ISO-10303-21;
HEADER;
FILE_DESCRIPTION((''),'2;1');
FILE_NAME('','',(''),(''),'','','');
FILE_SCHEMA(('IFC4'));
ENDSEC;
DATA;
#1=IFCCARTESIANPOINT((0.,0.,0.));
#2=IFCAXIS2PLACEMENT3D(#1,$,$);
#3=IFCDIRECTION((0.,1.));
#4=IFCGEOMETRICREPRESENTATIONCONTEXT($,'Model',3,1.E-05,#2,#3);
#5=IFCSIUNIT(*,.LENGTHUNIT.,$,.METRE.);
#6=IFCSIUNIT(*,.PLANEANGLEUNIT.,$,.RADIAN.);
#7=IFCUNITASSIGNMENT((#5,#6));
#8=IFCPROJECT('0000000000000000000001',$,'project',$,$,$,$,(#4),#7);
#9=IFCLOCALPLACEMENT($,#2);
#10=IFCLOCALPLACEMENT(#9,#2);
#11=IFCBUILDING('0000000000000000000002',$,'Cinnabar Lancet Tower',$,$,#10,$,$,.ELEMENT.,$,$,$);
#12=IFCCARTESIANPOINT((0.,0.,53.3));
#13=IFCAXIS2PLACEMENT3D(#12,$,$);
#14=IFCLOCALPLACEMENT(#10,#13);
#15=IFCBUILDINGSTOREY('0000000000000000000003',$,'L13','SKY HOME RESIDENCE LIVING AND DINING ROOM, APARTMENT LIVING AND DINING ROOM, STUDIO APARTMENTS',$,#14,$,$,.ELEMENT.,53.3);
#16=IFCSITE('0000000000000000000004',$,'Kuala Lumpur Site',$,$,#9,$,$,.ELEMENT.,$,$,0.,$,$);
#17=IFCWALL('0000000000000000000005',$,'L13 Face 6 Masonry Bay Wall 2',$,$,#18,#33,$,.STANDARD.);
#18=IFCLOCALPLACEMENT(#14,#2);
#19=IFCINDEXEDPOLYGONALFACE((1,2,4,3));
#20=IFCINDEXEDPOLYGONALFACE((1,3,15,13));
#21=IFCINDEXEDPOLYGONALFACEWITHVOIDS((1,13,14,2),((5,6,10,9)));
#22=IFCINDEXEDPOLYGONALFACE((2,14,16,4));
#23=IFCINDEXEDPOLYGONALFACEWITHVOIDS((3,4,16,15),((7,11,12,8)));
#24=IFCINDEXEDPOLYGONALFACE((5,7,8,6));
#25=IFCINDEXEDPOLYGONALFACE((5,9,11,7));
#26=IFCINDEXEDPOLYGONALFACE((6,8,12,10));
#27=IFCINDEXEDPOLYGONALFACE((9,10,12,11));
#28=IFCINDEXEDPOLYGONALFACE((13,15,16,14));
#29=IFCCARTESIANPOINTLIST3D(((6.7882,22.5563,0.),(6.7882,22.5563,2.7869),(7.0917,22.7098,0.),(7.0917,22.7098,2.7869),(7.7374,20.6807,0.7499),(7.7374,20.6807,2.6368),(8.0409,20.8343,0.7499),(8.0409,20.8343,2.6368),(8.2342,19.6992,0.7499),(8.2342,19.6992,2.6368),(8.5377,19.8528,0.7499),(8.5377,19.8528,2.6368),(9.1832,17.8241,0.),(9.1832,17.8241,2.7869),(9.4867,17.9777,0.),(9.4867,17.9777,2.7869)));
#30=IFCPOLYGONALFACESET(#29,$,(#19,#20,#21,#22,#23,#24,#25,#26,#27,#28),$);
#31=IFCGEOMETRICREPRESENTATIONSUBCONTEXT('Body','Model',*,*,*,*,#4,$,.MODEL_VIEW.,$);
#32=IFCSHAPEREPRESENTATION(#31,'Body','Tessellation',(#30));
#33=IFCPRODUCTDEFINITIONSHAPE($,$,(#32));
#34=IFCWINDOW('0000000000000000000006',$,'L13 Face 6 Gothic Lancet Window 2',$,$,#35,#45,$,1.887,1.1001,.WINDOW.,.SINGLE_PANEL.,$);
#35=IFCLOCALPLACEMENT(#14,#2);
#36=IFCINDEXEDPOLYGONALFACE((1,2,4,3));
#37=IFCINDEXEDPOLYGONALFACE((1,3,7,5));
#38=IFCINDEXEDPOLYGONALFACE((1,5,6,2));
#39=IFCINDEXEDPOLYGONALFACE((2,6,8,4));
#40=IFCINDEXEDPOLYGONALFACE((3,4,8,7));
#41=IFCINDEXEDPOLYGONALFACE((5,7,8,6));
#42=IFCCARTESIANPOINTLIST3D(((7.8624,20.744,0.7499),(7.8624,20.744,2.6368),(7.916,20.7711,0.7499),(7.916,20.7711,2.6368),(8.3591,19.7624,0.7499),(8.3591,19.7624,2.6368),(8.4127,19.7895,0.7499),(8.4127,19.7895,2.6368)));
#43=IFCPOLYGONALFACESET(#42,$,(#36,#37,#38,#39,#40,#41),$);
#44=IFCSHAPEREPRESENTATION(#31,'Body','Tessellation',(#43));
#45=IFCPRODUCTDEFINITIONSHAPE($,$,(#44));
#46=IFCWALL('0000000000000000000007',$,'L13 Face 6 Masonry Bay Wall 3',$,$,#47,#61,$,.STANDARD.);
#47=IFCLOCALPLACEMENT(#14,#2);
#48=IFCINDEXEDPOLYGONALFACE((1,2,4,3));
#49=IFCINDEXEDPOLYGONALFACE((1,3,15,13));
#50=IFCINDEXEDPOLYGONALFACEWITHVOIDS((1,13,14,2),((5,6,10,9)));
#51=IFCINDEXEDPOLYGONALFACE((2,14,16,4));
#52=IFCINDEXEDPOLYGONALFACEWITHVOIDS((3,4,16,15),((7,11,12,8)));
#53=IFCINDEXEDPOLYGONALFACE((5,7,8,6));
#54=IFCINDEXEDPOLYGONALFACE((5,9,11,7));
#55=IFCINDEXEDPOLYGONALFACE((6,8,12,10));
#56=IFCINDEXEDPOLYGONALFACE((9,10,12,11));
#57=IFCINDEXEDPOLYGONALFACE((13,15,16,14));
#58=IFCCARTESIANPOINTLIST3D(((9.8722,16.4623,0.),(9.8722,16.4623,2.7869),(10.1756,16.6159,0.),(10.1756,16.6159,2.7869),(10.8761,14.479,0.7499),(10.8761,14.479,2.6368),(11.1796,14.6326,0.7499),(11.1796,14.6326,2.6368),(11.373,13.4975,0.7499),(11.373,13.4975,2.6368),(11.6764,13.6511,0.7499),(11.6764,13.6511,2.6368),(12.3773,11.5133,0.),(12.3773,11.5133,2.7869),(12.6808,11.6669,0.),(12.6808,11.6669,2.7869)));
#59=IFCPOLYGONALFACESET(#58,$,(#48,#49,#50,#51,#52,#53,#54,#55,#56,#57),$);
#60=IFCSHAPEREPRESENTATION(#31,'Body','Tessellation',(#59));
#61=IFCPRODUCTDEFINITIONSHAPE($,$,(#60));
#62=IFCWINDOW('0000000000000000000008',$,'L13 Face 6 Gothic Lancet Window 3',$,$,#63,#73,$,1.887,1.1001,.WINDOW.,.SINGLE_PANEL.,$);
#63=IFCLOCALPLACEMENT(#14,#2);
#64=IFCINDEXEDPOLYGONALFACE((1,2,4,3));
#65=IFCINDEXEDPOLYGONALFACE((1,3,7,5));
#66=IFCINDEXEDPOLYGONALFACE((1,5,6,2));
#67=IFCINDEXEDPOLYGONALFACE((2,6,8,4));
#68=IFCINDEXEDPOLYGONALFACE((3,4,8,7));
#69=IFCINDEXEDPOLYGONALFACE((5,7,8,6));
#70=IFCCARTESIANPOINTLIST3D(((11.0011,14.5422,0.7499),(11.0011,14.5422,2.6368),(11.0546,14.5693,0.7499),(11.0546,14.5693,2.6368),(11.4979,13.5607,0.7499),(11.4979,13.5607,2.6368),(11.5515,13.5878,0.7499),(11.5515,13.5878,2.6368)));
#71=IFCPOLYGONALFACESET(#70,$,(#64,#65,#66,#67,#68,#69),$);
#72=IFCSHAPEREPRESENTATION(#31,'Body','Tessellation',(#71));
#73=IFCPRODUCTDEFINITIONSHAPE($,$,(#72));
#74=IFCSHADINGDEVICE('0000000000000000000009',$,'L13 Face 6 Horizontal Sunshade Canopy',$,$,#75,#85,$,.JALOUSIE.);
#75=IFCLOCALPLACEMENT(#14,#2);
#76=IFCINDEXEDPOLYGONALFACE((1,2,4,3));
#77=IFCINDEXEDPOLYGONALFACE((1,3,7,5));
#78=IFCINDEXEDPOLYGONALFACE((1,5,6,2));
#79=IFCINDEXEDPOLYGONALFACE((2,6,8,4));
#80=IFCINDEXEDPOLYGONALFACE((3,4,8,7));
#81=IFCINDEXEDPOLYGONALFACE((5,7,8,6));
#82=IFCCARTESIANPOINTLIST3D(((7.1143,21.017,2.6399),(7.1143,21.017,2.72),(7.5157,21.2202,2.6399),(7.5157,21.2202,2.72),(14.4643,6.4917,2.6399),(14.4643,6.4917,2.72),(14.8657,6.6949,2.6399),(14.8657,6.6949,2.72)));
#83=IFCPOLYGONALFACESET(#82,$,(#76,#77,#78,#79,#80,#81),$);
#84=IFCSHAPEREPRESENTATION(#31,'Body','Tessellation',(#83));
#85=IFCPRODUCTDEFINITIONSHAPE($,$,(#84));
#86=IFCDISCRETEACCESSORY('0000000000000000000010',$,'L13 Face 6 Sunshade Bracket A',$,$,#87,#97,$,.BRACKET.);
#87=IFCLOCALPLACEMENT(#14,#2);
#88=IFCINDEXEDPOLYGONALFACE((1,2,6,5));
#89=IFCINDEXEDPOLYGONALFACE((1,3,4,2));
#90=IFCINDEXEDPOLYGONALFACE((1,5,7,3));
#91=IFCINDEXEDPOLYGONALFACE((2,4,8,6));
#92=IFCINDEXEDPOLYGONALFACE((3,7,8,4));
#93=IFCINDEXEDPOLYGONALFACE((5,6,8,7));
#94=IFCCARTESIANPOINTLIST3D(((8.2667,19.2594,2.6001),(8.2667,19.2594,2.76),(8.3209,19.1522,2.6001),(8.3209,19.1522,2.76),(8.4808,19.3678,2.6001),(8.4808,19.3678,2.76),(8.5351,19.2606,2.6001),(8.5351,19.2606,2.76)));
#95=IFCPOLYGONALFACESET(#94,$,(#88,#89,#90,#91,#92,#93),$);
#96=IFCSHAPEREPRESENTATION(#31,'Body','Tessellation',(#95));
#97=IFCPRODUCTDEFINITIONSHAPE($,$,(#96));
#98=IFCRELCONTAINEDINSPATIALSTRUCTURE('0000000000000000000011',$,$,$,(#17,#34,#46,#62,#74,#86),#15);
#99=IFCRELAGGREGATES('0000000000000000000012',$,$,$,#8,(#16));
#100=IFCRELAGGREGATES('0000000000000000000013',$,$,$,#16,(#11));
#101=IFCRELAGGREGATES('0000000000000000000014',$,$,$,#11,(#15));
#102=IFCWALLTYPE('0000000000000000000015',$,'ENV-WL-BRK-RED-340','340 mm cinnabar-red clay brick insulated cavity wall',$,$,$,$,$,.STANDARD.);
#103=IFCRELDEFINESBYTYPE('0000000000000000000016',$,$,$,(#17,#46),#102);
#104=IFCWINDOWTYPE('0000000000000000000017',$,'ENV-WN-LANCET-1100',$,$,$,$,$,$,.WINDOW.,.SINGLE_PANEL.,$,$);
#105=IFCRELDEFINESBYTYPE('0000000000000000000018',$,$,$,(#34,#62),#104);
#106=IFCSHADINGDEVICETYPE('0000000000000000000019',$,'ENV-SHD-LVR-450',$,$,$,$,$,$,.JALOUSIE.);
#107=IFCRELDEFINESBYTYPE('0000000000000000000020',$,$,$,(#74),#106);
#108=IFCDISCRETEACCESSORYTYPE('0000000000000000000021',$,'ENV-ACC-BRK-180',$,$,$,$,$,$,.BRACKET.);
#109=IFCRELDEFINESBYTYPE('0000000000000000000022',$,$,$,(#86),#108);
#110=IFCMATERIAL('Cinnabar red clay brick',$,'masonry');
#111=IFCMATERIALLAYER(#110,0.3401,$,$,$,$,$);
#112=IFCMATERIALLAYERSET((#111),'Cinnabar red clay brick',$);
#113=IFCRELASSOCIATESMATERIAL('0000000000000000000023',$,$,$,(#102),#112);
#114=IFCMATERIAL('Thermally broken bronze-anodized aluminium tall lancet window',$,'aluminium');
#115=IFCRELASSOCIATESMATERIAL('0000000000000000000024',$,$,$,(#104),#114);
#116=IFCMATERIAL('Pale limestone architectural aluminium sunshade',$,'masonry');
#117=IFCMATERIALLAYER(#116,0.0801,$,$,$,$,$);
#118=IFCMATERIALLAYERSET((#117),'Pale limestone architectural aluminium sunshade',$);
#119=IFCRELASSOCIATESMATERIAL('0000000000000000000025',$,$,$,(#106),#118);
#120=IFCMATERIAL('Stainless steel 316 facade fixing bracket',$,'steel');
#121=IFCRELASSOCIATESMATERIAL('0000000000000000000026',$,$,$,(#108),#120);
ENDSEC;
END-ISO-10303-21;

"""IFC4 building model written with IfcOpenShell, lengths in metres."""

from ifc_helpers import new_model, si_unit, direction, frame, frame_2d, origin, origin_2d, place, context, subcontext, project, spatial, rectangle, extrude, material, layer, layer_set, type_object, element, fill, save


model = new_model("IFC4")

# Units and contexts
model_context = context("Model", 3, precision=1e-05, world=origin(), true_north=direction((0.0, 1.0)))
body_context = subcontext(model_context, "Body", "Model", "MODEL_VIEW")
ifc_project = project(units=[si_unit("LENGTHUNIT", "METRE"), si_unit("PLANEANGLEUNIT", "RADIAN")], contexts=[model_context])

# Site, building, storey
site_placement = place(None, origin())
site = spatial("IfcSite", under=ifc_project, at=site_placement, Name="Kuala Lumpur Site", CompositionType="ELEMENT", RefElevation=0.0)
building_placement = place(site_placement, origin())
building = spatial("IfcBuilding", under=site, at=building_placement, Name="Cinnabar Lancet Tower", CompositionType="ELEMENT")
storey_placement = place(building_placement, frame((0.0, 0.0, 53.3)))
storey = spatial("IfcBuildingStorey", under=building, at=storey_placement, Name="L13", Description="SKY HOME RESIDENCE LIVING AND DINING ROOM, APARTMENT LIVING AND DINING ROOM, STUDIO APARTMENTS", CompositionType="ELEMENT", Elevation=53.3)

# Shared definitions
ifc_material_1 = material(Name="Cinnabar red clay brick", Category="masonry")
ifc_layer_1 = layer(ifc_material_1, 0.3401)
ifc_layer_set_1 = layer_set([ifc_layer_1], Name="Cinnabar red clay brick")
wall_type_1 = type_object("IfcWallType", Name="ENV-WL-BRK-RED-340", Description="340 mm cinnabar-red clay brick insulated cavity wall", PredefinedType="STANDARD", material=ifc_layer_set_1)

# Walls, openings, windows
wall_1_placement = place(storey_placement, frame((6.9399, 22.6331, 0.0), z_axis=(0.0, 0.0, 1.0), x_axis=(0.451572, -0.892235, 0.0)))
wall_1 = element("IfcWall", 1, at=wall_1_placement, inside=storey, type_object=wall_type_1, Name="L13 Face 6 Masonry Bay Wall 2", PredefinedType="STANDARD", context=body_context, shape_type="SweptSolid", body=[
    extrude(rectangle(XDim=5.3037, YDim=0.3401, at=frame_2d((2.6519, 0.0))), origin(), (0.0, 0.0, 1.0), 2.7869),
])
opening_1_placement = place(wall_1_placement, frame((2.1021, 0.0, 0.75)))
opening_1 = element("IfcOpeningElement", 2, at=opening_1_placement, cuts=wall_1, PredefinedType="OPENING", context=body_context, shape_type="SweptSolid", body=[
    extrude(rectangle(XDim=1.1001, YDim=1.887, at=frame_2d((0.55, 0.9434))), frame((0.0, 0.1799, 0.0), z_axis=(0.0, -1.0, 0.0), x_axis=(1.0, 0.0, 0.0)), (0.0, 0.0, 1.0), 0.3601),
])
ifc_material_2 = material(Name="Thermally broken bronze-anodized aluminium tall lancet window", Category="aluminium")
window_type = type_object("IfcWindowType", Name="ENV-WN-LANCET-1100", PartitioningType="SINGLE_PANEL", PredefinedType="WINDOW", material=ifc_material_2)
window_1_placement = place(opening_1_placement, origin())
window_1 = element("IfcWindow", 3, at=window_1_placement, inside=storey, type_object=window_type, Name="L13 Face 6 Gothic Lancet Window 2", OverallHeight=1.887, OverallWidth=1.1001, PartitioningType="SINGLE_PANEL", PredefinedType="WINDOW", context=body_context, shape_type="SweptSolid", body=[
    extrude(rectangle(XDim=1.1001, YDim=1.887, at=frame_2d((0.55, 0.9434))), frame((0.0, 0.03, 0.0), z_axis=(0.0, -1.0, 0.0), x_axis=(1.0, 0.0, 0.0)), (0.0, 0.0, 1.0), 0.0601),
])
fill(opening_1, window_1)
wall_2_placement = place(storey_placement, frame((10.0239, 16.5391, 0.0), z_axis=(0.0, 0.0, 1.0), x_axis=(0.451627, -0.892207, 0.0)))
wall_2 = element("IfcWall", 4, at=wall_2_placement, inside=storey, type_object=wall_type_1, Name="L13 Face 6 Masonry Bay Wall 3", PredefinedType="STANDARD", context=body_context, shape_type="SweptSolid", body=[
    extrude(rectangle(XDim=5.5469, YDim=0.3401, at=frame_2d((2.7734, 0.0))), origin(), (0.0, 0.0, 1.0), 2.7869),
])
opening_2_placement = place(wall_2_placement, frame((2.2229, 0.0, 0.75)))
opening_2 = element("IfcOpeningElement", 5, at=opening_2_placement, cuts=wall_2, PredefinedType="OPENING", context=body_context, shape_type="SweptSolid", body=[
    extrude(rectangle(XDim=1.1001, YDim=1.887, at=frame_2d((0.55, 0.9434))), frame((0.0, 0.1799, 0.0), z_axis=(0.0, -1.0, 0.0), x_axis=(1.0, 0.0, 0.0)), (0.0, 0.0, 1.0), 0.3601),
])
window_2_placement = place(opening_2_placement, origin())
window_2 = element("IfcWindow", 6, at=window_2_placement, inside=storey, type_object=window_type, Name="L13 Face 6 Gothic Lancet Window 3", OverallHeight=1.887, OverallWidth=1.1001, PartitioningType="SINGLE_PANEL", PredefinedType="WINDOW", context=body_context, shape_type="SweptSolid", body=[
    extrude(rectangle(XDim=1.1001, YDim=1.887, at=frame_2d((0.55, 0.9434))), frame((0.0, 0.03, 0.0), z_axis=(0.0, -1.0, 0.0), x_axis=(1.0, 0.0, 0.0)), (0.0, 0.0, 1.0), 0.0601),
])
fill(opening_2, window_2)

# Shading device
ifc_material_3 = material(Name="Pale limestone architectural aluminium sunshade", Category="masonry")
ifc_layer_2 = layer(ifc_material_3, 0.0801)
ifc_layer_set_2 = layer_set([ifc_layer_2], Name="Pale limestone architectural aluminium sunshade")
shading_device_type = type_object("IfcShadingDeviceType", Name="ENV-SHD-LVR-450", PredefinedType="JALOUSIE", material=ifc_layer_set_2)
shading_device_placement = place(storey_placement, frame((10.99, 13.856, 2.6399), z_axis=(0.0, 0.0, 1.0), x_axis=(0.451501, -0.892271, 0.0)))
element("IfcShadingDevice", 7, at=shading_device_placement, inside=storey, type_object=shading_device_type, Name="L13 Face 6 Horizontal Sunshade Canopy", PredefinedType="JALOUSIE", context=body_context, shape_type="SweptSolid", body=[
    extrude(rectangle(XDim=16.2791, YDim=0.45, at=origin_2d()), origin(), (0.0, 0.0, 1.0), 0.0801),
])

# Discrete accessory
ifc_material_4 = material(Name="Stainless steel 316 facade fixing bracket", Category="steel")
discrete_accessory_type = type_object("IfcDiscreteAccessoryType", Name="ENV-ACC-BRK-180", PredefinedType="BRACKET", material=ifc_material_4)
discrete_accessory_placement = place(storey_placement, frame((8.4009, 19.26, 2.6001), z_axis=(0.0, 0.0, 1.0), x_axis=(0.451501, -0.892271, 0.0)))
element("IfcDiscreteAccessory", 8, at=discrete_accessory_placement, inside=storey, type_object=discrete_accessory_type, Name="L13 Face 6 Sunshade Bracket A", PredefinedType="BRACKET", context=body_context, shape_type="SweptSolid", body=[
    extrude(rectangle(XDim=0.1201, YDim=0.24, at=origin_2d()), origin(), (0.0, 0.0, 1.0), 0.1599),
])

save(model, "model.ifc")
